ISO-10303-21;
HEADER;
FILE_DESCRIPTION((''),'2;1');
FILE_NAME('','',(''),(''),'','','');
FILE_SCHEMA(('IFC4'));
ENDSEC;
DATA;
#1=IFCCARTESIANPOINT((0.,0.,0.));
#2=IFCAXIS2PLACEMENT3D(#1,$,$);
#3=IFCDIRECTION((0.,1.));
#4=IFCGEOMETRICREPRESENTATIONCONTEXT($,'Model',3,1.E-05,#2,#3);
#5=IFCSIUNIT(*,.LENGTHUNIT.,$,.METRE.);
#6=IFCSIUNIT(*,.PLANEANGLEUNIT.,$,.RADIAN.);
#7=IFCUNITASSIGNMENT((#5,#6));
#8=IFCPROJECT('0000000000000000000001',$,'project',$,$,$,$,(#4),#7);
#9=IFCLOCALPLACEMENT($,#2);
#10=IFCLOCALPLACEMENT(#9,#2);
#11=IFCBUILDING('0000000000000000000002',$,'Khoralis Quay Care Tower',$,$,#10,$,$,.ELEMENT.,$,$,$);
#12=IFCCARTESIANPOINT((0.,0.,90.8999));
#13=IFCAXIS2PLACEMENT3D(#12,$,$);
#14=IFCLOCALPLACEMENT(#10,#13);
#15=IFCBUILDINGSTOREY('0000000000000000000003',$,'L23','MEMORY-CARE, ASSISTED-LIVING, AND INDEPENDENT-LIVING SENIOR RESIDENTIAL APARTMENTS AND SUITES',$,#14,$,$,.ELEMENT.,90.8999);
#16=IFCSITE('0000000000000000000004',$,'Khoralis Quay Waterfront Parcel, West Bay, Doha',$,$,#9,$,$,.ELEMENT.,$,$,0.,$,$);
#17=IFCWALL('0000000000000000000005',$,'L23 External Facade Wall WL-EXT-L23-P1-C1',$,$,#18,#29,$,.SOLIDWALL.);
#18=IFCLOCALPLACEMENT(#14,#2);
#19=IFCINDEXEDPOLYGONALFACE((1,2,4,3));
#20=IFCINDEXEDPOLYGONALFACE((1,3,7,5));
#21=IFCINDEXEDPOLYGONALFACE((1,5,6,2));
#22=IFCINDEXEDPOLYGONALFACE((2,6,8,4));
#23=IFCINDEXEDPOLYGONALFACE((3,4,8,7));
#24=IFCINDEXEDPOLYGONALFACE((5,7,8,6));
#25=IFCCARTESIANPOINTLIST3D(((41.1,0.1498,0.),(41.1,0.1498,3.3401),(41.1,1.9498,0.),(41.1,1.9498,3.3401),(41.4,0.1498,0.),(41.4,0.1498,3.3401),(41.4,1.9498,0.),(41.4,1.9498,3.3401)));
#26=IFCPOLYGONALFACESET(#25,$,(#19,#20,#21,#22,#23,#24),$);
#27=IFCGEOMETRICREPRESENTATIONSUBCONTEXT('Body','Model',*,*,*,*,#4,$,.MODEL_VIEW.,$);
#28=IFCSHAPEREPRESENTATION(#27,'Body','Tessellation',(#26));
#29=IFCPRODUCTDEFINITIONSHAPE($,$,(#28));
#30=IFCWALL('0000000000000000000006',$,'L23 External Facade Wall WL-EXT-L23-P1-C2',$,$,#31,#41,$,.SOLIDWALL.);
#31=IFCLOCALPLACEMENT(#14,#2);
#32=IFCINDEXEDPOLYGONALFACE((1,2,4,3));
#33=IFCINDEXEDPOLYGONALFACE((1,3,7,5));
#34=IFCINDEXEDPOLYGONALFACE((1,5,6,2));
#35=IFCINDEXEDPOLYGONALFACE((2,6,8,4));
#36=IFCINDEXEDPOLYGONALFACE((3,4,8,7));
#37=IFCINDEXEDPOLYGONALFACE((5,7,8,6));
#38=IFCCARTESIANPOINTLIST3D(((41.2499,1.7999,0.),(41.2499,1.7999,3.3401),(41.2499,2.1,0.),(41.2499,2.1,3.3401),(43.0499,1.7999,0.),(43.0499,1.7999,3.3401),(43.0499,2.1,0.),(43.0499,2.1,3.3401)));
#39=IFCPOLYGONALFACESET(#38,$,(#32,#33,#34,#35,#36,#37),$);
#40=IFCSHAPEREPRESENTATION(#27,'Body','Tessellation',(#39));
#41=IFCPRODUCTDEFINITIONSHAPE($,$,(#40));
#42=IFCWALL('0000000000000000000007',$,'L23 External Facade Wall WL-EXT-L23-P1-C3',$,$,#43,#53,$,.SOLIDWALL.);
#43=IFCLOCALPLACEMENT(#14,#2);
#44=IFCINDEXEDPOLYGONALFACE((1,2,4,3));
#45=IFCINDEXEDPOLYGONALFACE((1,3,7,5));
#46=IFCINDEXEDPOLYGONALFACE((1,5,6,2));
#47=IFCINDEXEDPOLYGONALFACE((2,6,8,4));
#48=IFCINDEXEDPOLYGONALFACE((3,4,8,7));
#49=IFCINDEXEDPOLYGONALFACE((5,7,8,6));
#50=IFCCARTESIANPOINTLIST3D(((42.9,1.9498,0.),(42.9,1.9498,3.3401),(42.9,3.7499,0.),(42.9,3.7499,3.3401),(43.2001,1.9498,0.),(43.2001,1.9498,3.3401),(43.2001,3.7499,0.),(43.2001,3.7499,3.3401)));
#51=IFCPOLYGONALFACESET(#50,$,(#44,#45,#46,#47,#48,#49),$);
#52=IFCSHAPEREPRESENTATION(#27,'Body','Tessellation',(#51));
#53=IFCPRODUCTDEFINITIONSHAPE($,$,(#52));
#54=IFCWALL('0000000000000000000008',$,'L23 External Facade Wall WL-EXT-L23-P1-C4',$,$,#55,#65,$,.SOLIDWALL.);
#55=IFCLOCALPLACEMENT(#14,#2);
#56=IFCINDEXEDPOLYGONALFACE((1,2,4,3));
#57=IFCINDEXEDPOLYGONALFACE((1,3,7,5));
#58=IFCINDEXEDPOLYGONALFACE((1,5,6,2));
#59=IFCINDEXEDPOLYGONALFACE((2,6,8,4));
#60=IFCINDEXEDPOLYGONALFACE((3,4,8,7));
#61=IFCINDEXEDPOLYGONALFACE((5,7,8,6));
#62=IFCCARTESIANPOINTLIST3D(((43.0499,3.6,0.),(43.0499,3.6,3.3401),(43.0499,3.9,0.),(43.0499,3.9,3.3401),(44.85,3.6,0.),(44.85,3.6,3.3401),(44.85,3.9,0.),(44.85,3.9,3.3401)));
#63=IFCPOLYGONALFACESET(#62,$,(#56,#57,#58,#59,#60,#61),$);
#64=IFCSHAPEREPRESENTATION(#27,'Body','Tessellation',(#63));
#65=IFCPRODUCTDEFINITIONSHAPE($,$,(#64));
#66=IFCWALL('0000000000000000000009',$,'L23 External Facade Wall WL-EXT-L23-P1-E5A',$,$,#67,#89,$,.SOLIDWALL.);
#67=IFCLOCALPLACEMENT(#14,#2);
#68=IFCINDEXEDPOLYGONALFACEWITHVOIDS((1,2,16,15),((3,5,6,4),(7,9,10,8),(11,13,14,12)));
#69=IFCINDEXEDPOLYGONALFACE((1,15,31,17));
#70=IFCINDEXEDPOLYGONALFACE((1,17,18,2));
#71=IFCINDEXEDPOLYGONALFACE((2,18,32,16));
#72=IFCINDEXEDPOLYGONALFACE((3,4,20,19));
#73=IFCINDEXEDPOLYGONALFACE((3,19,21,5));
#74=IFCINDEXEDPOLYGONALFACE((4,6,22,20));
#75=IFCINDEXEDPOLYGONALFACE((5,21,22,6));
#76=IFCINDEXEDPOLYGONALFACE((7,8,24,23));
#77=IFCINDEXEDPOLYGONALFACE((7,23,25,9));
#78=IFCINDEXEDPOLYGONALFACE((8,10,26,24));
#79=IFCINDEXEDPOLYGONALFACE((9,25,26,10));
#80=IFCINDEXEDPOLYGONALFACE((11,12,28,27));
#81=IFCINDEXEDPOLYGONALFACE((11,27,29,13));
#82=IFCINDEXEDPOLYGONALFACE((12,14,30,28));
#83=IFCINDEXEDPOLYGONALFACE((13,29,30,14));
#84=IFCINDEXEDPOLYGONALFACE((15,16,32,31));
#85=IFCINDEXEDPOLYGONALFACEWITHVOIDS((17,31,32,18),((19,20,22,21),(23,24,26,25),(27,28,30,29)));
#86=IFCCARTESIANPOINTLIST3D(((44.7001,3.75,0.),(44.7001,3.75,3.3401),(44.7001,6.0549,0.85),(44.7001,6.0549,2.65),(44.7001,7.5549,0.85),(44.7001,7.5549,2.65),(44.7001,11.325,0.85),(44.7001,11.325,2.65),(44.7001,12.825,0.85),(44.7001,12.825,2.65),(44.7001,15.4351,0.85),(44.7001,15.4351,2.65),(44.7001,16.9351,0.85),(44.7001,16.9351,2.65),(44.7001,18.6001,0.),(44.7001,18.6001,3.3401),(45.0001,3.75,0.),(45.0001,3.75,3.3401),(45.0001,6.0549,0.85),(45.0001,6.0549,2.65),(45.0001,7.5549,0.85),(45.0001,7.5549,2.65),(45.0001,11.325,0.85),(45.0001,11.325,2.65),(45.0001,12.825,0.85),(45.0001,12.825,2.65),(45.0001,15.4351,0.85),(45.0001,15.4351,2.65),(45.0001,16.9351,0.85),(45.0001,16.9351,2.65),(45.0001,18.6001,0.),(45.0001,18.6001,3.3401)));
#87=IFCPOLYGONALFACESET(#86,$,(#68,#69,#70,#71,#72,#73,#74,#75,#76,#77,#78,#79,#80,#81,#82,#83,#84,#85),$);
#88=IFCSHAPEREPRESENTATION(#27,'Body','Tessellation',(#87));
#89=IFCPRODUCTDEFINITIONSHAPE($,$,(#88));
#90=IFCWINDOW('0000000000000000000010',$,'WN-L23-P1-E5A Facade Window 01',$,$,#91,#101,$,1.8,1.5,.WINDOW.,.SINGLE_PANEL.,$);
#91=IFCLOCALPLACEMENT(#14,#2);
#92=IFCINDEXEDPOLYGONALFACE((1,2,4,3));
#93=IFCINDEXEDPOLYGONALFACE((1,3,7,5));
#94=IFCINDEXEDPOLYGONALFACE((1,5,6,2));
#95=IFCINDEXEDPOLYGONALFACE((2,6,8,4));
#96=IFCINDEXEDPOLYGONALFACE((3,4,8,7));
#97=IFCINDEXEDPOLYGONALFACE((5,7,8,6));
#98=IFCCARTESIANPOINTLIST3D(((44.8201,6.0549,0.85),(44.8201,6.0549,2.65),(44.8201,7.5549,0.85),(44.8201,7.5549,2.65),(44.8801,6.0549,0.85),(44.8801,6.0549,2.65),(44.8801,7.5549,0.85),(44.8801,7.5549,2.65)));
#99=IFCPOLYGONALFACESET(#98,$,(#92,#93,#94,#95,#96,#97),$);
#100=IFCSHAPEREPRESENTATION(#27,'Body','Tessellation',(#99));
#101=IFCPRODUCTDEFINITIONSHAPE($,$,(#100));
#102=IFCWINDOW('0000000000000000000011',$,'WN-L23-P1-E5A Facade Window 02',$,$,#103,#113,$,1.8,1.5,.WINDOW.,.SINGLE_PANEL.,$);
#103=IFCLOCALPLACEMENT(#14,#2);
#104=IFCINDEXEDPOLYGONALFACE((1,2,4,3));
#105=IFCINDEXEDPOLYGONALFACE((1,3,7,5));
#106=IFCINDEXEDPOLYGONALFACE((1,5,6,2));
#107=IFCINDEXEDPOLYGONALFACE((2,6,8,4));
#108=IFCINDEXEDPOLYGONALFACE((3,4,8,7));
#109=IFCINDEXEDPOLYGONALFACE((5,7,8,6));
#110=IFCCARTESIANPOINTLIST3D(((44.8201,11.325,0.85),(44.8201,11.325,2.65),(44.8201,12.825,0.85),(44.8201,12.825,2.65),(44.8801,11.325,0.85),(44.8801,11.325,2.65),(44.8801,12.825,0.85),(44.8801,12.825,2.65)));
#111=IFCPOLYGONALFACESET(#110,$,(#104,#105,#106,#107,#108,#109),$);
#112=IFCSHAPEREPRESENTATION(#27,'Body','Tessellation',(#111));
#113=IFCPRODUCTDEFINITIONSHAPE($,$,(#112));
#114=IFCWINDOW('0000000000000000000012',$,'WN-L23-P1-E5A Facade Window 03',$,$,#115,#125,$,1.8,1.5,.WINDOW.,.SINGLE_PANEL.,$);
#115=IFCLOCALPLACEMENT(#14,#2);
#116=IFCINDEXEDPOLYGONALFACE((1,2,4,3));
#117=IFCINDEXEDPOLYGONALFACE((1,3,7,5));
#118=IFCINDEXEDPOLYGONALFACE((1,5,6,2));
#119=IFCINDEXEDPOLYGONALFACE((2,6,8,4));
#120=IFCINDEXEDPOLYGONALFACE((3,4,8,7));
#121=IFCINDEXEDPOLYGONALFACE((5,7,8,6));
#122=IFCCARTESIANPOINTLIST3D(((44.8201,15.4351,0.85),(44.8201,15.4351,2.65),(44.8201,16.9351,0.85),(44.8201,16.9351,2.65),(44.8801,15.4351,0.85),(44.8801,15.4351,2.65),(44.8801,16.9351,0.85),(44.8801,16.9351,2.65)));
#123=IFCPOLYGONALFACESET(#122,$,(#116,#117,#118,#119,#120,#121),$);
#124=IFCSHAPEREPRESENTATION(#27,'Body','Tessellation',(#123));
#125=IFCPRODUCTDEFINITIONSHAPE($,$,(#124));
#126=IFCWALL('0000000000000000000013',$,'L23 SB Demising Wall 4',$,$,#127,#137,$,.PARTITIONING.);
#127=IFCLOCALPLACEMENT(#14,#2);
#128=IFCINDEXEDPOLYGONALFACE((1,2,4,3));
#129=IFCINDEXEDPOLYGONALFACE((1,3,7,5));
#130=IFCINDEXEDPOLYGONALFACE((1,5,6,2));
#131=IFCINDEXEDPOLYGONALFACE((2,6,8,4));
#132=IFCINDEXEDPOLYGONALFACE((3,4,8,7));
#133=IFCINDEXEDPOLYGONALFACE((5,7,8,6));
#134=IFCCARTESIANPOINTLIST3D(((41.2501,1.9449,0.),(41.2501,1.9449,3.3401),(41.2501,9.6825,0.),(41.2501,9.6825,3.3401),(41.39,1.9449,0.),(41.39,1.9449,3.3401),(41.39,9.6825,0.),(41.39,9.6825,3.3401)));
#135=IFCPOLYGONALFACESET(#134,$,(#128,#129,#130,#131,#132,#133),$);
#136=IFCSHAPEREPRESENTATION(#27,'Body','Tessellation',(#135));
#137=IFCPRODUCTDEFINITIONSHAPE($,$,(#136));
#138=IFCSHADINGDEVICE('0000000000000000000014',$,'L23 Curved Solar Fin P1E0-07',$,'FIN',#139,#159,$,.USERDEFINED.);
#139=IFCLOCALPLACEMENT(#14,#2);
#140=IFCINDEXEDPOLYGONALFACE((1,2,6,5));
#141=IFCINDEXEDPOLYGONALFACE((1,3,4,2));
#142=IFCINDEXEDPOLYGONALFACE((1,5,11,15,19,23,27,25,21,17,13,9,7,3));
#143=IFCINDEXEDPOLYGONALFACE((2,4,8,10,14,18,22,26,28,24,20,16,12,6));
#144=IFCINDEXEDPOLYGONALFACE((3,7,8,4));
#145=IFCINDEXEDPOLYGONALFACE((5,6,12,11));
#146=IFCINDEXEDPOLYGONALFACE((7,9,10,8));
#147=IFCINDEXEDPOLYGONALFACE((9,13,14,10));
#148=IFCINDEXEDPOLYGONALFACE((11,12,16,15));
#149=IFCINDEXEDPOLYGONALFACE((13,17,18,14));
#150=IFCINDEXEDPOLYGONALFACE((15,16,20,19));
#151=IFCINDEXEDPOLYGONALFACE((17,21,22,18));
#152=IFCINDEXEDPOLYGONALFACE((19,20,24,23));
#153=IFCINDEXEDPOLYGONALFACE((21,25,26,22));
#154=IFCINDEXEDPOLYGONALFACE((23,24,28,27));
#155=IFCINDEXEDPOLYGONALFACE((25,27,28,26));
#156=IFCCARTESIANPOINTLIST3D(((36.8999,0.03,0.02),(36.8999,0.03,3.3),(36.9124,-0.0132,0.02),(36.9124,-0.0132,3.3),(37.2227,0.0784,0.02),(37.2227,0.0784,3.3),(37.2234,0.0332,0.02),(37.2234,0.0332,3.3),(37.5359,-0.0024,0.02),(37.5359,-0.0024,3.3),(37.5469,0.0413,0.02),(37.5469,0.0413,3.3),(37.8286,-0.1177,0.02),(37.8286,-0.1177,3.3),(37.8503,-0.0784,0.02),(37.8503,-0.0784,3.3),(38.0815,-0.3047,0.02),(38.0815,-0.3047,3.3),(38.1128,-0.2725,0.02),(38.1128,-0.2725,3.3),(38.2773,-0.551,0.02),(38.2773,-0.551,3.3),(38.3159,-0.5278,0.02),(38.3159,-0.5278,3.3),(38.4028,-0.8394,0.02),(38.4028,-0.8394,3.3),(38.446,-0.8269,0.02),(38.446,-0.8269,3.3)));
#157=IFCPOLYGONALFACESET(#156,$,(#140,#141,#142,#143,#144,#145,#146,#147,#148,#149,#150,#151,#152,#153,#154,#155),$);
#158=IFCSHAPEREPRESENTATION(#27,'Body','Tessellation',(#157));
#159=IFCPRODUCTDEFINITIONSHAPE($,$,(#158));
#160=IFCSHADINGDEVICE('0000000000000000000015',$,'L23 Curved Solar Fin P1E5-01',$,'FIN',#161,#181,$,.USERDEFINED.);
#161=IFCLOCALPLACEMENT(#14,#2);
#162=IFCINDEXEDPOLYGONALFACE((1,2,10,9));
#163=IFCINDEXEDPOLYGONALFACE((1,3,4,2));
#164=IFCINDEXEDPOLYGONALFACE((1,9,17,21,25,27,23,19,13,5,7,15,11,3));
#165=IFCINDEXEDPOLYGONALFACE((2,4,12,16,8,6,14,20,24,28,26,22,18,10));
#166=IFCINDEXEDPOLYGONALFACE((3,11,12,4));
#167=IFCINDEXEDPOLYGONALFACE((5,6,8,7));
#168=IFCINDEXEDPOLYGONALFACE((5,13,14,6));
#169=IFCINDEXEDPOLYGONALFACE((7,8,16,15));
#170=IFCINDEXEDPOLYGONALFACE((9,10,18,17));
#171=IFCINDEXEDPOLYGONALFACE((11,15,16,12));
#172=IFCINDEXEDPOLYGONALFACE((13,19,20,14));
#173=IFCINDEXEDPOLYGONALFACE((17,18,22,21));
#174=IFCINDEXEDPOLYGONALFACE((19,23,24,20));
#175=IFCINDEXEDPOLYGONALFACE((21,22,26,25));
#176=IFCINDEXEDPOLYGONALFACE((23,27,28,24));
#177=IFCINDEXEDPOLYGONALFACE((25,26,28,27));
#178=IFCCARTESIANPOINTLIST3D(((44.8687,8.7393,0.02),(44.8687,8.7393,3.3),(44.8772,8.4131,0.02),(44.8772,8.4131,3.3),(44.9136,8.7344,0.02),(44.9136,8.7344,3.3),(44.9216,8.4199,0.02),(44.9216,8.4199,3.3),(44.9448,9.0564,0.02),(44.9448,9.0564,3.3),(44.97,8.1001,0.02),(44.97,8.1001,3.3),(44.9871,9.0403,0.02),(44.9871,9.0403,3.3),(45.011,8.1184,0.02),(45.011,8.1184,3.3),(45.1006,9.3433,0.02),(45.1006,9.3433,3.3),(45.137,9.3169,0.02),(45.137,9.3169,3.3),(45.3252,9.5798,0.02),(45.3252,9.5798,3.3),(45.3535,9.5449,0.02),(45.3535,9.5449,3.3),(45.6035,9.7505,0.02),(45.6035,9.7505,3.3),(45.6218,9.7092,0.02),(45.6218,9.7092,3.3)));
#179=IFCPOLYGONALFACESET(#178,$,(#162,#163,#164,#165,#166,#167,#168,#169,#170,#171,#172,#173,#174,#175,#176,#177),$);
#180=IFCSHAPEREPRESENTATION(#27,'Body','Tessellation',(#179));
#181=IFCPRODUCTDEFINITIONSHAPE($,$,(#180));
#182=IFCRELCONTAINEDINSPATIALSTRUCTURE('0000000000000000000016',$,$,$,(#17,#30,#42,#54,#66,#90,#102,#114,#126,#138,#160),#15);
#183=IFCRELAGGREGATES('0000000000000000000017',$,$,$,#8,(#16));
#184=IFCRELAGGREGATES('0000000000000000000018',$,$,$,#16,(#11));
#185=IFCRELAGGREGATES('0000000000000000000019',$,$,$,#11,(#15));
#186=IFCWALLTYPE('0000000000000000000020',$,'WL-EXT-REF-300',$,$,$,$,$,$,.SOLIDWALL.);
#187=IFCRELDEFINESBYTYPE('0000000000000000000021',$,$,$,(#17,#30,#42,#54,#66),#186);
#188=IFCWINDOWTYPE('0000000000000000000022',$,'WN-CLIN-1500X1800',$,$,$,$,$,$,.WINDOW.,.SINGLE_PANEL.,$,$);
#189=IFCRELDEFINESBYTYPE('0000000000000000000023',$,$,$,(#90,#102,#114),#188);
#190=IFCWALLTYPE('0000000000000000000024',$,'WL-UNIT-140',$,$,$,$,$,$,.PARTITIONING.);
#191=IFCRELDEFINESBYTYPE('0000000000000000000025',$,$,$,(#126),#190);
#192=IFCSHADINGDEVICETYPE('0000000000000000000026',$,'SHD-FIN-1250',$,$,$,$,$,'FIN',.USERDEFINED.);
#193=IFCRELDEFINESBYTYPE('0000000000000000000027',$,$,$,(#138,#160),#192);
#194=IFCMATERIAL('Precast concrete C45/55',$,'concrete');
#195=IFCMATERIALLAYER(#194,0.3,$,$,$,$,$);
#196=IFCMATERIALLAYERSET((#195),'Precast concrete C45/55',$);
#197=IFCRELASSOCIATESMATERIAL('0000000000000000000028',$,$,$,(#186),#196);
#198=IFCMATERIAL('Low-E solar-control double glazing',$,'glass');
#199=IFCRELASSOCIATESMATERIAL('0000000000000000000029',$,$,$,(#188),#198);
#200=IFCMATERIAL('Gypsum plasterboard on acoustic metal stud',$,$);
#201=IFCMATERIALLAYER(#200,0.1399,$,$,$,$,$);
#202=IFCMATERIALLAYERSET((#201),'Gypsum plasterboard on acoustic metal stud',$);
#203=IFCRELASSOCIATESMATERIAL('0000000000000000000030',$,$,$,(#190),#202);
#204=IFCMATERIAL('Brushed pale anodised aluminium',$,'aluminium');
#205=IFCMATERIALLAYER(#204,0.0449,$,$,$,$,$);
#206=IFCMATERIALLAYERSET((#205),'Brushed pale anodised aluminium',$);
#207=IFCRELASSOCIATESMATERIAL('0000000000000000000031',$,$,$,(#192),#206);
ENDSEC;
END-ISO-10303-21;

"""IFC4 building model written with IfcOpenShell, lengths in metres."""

from ifc_helpers import new_model, si_unit, direction, frame, frame_2d, origin, place, context, subcontext, project, spatial, polyline, rectangle, outline, extrude, source, transform, mapped, material, layer, layer_set, type_object, element, fill, save


model = new_model("IFC4")

# Units and contexts
model_context = context("Model", 3, precision=1e-05, world=origin(), true_north=direction((0.0, 1.0)))
body_context = subcontext(model_context, "Body", "Model", "MODEL_VIEW")
ifc_project = project(units=[si_unit("LENGTHUNIT", "METRE"), si_unit("PLANEANGLEUNIT", "RADIAN")], contexts=[model_context])

# Site, building, storey
site_placement = place(None, origin())
site = spatial("IfcSite", under=ifc_project, at=site_placement, Name="Khoralis Quay Waterfront Parcel, West Bay, Doha", CompositionType="ELEMENT", RefElevation=0.0)
building_placement = place(site_placement, origin())
building = spatial("IfcBuilding", under=site, at=building_placement, Name="Khoralis Quay Care Tower", CompositionType="ELEMENT")
storey_placement = place(building_placement, frame((0.0, 0.0, 90.8999)))
storey = spatial("IfcBuildingStorey", under=building, at=storey_placement, Name="L23", Description="MEMORY-CARE, ASSISTED-LIVING, AND INDEPENDENT-LIVING SENIOR RESIDENTIAL APARTMENTS AND SUITES", CompositionType="ELEMENT", Elevation=90.8999)

# Shared definitions
ifc_material_1 = material(Name="Gypsum plasterboard on acoustic metal stud")

# Walls
ifc_material_2 = material(Name="Precast concrete C45/55", Category="concrete")
ifc_layer_1 = layer(ifc_material_2, 0.3)
ifc_layer_set_1 = layer_set([ifc_layer_1], Name="Precast concrete C45/55")
wall_type_1 = type_object("IfcWallType", Name="WL-EXT-REF-300", PredefinedType="SOLIDWALL", material=ifc_layer_set_1)
for number, where, z_axis, x_axis, name in (
    (1, (41.25, 0.1499, 0.0), (0.0, 0.0, 1.0), (0.0, 1.0, 0.0), "L23 External Facade Wall WL-EXT-L23-P1-C1"),
    (2, (41.25, 1.95, 0.0), (0.0, 0.0, 1.0), (1.0, 0.0, 0.0), "L23 External Facade Wall WL-EXT-L23-P1-C2"),
    (3, (43.05, 1.95, 0.0), (0.0, 0.0, 1.0), (0.0, 1.0, 0.0), "L23 External Facade Wall WL-EXT-L23-P1-C3"),
    (4, (43.05, 3.75, 0.0), (0.0, 0.0, 1.0), (1.0, 0.0, 0.0), "L23 External Facade Wall WL-EXT-L23-P1-C4"),
):
    element("IfcWall", number, at=place(storey_placement, frame(where, z_axis=z_axis, x_axis=x_axis)), inside=storey, type_object=wall_type_1, Name=name, PredefinedType="SOLIDWALL", context=body_context, shape_type="SweptSolid", body=[
        extrude(rectangle(XDim=1.8, YDim=0.3, at=frame_2d((0.8999, 0.0))), origin(), (0.0, 0.0, 1.0), 3.3401),
    ])

# Wall, openings, windows
wall_1_placement = place(storey_placement, frame((44.8501, 3.75, 0.0), z_axis=(0.0, 0.0, 1.0), x_axis=(0.0, 1.0, 0.0)))
wall_1 = element("IfcWall", 5, at=wall_1_placement, inside=storey, type_object=wall_type_1, Name="L23 External Facade Wall WL-EXT-L23-P1-E5A", PredefinedType="SOLIDWALL", context=body_context, shape_type="SweptSolid", body=[
    extrude(rectangle(XDim=14.8501, YDim=0.3, at=frame_2d((7.425, 0.0))), origin(), (0.0, 0.0, 1.0), 3.3401),
])
opening_1_placement = place(wall_1_placement, frame((2.3049, 0.0, 0.8501)))
opening_1 = element("IfcOpeningElement", 6, at=opening_1_placement, cuts=wall_1, PredefinedType="OPENING", context=body_context, shape_type="SweptSolid", body=[
    extrude(rectangle(XDim=1.5, YDim=1.8, at=frame_2d((0.75, 0.8999))), frame((0.0, 0.1602, 0.0), z_axis=(0.0, -1.0, 0.0), x_axis=(1.0, 0.0, 0.0)), (0.0, 0.0, 1.0), 0.3201),
])
opening_2_placement = place(wall_1_placement, frame((7.575, 0.0, 0.8501)))
opening_2 = element("IfcOpeningElement", 7, at=opening_2_placement, cuts=wall_1, PredefinedType="OPENING", context=body_context, shape_type="SweptSolid", body=[
    extrude(rectangle(XDim=1.5, YDim=1.8, at=frame_2d((0.75, 0.8999))), frame((0.0, 0.1602, 0.0), z_axis=(0.0, -1.0, 0.0), x_axis=(1.0, 0.0, 0.0)), (0.0, 0.0, 1.0), 0.3201),
])
opening_3_placement = place(wall_1_placement, frame((11.6851, 0.0, 0.8501)))
opening_3 = element("IfcOpeningElement", 8, at=opening_3_placement, cuts=wall_1, PredefinedType="OPENING", context=body_context, shape_type="SweptSolid", body=[
    extrude(rectangle(XDim=1.5, YDim=1.8, at=frame_2d((0.75, 0.8999))), frame((0.0, 0.1602, 0.0), z_axis=(0.0, -1.0, 0.0), x_axis=(1.0, 0.0, 0.0)), (0.0, 0.0, 1.0), 0.3201),
])
ifc_material_3 = material(Name="Low-E solar-control double glazing", Category="glass")
window_type = type_object("IfcWindowType", Name="WN-CLIN-1500X1800", PartitioningType="SINGLE_PANEL", PredefinedType="WINDOW", material=ifc_material_3)
shared_shape_1 = source(origin(), body_context, "Body", "SweptSolid", [
    extrude(rectangle(XDim=1.5, YDim=1.8, at=frame_2d((0.75, 0.8999))), frame((0.0, 0.03, 0.0), z_axis=(0.0, -1.0, 0.0), x_axis=(1.0, 0.0, 0.0)), (0.0, 0.0, 1.0), 0.0601),
])
window_1_placement = place(opening_1_placement, origin())
window_1 = element("IfcWindow", 9, at=window_1_placement, inside=storey, type_object=window_type, Name="WN-L23-P1-E5A Facade Window 01", OverallHeight=1.8, OverallWidth=1.5, PartitioningType="SINGLE_PANEL", PredefinedType="WINDOW", context=body_context, shape_type="MappedRepresentation", body=[
    mapped(shared_shape_1, transform((0.0, 0.0, 0.0), scale=1.0)),
])
fill(opening_1, window_1)
window_2_placement = place(opening_2_placement, origin())
window_2 = element("IfcWindow", 10, at=window_2_placement, inside=storey, type_object=window_type, Name="WN-L23-P1-E5A Facade Window 02", OverallHeight=1.8, OverallWidth=1.5, PartitioningType="SINGLE_PANEL", PredefinedType="WINDOW", context=body_context, shape_type="MappedRepresentation", body=[
    mapped(shared_shape_1, transform((0.0, 0.0, 0.0), scale=1.0)),
])
fill(opening_2, window_2)
window_3_placement = place(opening_3_placement, origin())
window_3 = element("IfcWindow", 11, at=window_3_placement, inside=storey, type_object=window_type, Name="WN-L23-P1-E5A Facade Window 03", OverallHeight=1.8, OverallWidth=1.5, PartitioningType="SINGLE_PANEL", PredefinedType="WINDOW", context=body_context, shape_type="MappedRepresentation", body=[
    mapped(shared_shape_1, transform((0.0, 0.0, 0.0), scale=1.0)),
])
fill(opening_3, window_3)

# Wall
ifc_layer_2 = layer(ifc_material_1, 0.1399)
ifc_layer_set_2 = layer_set([ifc_layer_2], Name="Gypsum plasterboard on acoustic metal stud")
wall_type_2 = type_object("IfcWallType", Name="WL-UNIT-140", PredefinedType="PARTITIONING", material=ifc_layer_set_2)
wall_2_placement = place(storey_placement, frame((41.3201, 1.9451, 0.0), z_axis=(0.0, 0.0, 1.0), x_axis=(0.0, 1.0, 0.0)))
element("IfcWall", 12, at=wall_2_placement, inside=storey, type_object=wall_type_2, Name="L23 SB Demising Wall 4", PredefinedType="PARTITIONING", context=body_context, shape_type="SweptSolid", body=[
    extrude(rectangle(XDim=7.7375, YDim=0.1399, at=frame_2d((3.8687, 0.0))), origin(), (0.0, 0.0, 1.0), 3.3401),
])

# Shading devices
ifc_material_4 = material(Name="Brushed pale anodised aluminium", Category="aluminium")
ifc_layer_3 = layer(ifc_material_4, 0.0449)
ifc_layer_set_3 = layer_set([ifc_layer_3], Name="Brushed pale anodised aluminium")
shading_device_type = type_object("IfcShadingDeviceType", Name="SHD-FIN-1250", ElementType="FIN", PredefinedType="USERDEFINED", material=ifc_layer_set_3)
shared_shape_2 = source(origin(), body_context, "Body", "SweptSolid", [
    extrude(outline(polyline([(0.0, 0.0), (-0.0483, 0.3228), (-0.0112, 0.647), (0.1084, 0.9504), (0.3025, 1.2129), (0.5579, 1.416), (0.8569, 1.5461), (0.8694, 1.5029), (0.5811, 1.3774), (0.3347, 1.1816), (0.1477, 0.9287), (0.0325, 0.636), (-0.0032, 0.3235), (0.0432, 0.0125), (0.0, 0.0)])), origin(), (0.0, 0.0, 1.0), 3.28),
])
shading_device_placement = place(storey_placement, frame((36.8999, 0.03, 0.02), z_axis=(0.0, 0.0, 1.0), x_axis=(0.0, -1.0, 0.0)))
element("IfcShadingDevice", 13, at=shading_device_placement, inside=storey, type_object=shading_device_type, Name="L23 Curved Solar Fin P1E0-07", ObjectType="FIN", PredefinedType="USERDEFINED", context=body_context, shape_type="MappedRepresentation", body=[
    mapped(shared_shape_2, transform((0.0, 0.0, 0.0), scale=1.0)),
])
shared_shape_3 = source(origin(), body_context, "Body", "SweptSolid", [
    extrude(outline(polyline([(0.0, 0.0), (-0.0928, 0.313), (-0.1013, 0.6392), (-0.0251, 0.9563), (0.1306, 1.2432), (0.3552, 1.4797), (0.6335, 1.6504), (0.6519, 1.6091), (0.3835, 1.4448), (0.167, 1.2168), (0.0171, 0.9402), (-0.0564, 0.6343), (-0.0483, 0.3198), (0.041, 0.0183), (0.0, 0.0)])), origin(), (0.0, 0.0, 1.0), 3.28),
])
for number, where, z_axis, x_axis, name in (
    (14, (44.97, 8.1001, 0.02), (0.0, 0.0, 1.0), (1.0, 0.0, 0.0), "L23 Curved Solar Fin P1E5-01"),
):
    element("IfcShadingDevice", number, at=place(storey_placement, frame(where, z_axis=z_axis, x_axis=x_axis)), inside=storey, type_object=shading_device_type, Name=name, ObjectType="FIN", PredefinedType="USERDEFINED", context=body_context, shape_type="MappedRepresentation", body=[
        mapped(shared_shape_3, transform((0.0, 0.0, 0.0), scale=1.0)),
    ])

save(model, "model.ifc")
